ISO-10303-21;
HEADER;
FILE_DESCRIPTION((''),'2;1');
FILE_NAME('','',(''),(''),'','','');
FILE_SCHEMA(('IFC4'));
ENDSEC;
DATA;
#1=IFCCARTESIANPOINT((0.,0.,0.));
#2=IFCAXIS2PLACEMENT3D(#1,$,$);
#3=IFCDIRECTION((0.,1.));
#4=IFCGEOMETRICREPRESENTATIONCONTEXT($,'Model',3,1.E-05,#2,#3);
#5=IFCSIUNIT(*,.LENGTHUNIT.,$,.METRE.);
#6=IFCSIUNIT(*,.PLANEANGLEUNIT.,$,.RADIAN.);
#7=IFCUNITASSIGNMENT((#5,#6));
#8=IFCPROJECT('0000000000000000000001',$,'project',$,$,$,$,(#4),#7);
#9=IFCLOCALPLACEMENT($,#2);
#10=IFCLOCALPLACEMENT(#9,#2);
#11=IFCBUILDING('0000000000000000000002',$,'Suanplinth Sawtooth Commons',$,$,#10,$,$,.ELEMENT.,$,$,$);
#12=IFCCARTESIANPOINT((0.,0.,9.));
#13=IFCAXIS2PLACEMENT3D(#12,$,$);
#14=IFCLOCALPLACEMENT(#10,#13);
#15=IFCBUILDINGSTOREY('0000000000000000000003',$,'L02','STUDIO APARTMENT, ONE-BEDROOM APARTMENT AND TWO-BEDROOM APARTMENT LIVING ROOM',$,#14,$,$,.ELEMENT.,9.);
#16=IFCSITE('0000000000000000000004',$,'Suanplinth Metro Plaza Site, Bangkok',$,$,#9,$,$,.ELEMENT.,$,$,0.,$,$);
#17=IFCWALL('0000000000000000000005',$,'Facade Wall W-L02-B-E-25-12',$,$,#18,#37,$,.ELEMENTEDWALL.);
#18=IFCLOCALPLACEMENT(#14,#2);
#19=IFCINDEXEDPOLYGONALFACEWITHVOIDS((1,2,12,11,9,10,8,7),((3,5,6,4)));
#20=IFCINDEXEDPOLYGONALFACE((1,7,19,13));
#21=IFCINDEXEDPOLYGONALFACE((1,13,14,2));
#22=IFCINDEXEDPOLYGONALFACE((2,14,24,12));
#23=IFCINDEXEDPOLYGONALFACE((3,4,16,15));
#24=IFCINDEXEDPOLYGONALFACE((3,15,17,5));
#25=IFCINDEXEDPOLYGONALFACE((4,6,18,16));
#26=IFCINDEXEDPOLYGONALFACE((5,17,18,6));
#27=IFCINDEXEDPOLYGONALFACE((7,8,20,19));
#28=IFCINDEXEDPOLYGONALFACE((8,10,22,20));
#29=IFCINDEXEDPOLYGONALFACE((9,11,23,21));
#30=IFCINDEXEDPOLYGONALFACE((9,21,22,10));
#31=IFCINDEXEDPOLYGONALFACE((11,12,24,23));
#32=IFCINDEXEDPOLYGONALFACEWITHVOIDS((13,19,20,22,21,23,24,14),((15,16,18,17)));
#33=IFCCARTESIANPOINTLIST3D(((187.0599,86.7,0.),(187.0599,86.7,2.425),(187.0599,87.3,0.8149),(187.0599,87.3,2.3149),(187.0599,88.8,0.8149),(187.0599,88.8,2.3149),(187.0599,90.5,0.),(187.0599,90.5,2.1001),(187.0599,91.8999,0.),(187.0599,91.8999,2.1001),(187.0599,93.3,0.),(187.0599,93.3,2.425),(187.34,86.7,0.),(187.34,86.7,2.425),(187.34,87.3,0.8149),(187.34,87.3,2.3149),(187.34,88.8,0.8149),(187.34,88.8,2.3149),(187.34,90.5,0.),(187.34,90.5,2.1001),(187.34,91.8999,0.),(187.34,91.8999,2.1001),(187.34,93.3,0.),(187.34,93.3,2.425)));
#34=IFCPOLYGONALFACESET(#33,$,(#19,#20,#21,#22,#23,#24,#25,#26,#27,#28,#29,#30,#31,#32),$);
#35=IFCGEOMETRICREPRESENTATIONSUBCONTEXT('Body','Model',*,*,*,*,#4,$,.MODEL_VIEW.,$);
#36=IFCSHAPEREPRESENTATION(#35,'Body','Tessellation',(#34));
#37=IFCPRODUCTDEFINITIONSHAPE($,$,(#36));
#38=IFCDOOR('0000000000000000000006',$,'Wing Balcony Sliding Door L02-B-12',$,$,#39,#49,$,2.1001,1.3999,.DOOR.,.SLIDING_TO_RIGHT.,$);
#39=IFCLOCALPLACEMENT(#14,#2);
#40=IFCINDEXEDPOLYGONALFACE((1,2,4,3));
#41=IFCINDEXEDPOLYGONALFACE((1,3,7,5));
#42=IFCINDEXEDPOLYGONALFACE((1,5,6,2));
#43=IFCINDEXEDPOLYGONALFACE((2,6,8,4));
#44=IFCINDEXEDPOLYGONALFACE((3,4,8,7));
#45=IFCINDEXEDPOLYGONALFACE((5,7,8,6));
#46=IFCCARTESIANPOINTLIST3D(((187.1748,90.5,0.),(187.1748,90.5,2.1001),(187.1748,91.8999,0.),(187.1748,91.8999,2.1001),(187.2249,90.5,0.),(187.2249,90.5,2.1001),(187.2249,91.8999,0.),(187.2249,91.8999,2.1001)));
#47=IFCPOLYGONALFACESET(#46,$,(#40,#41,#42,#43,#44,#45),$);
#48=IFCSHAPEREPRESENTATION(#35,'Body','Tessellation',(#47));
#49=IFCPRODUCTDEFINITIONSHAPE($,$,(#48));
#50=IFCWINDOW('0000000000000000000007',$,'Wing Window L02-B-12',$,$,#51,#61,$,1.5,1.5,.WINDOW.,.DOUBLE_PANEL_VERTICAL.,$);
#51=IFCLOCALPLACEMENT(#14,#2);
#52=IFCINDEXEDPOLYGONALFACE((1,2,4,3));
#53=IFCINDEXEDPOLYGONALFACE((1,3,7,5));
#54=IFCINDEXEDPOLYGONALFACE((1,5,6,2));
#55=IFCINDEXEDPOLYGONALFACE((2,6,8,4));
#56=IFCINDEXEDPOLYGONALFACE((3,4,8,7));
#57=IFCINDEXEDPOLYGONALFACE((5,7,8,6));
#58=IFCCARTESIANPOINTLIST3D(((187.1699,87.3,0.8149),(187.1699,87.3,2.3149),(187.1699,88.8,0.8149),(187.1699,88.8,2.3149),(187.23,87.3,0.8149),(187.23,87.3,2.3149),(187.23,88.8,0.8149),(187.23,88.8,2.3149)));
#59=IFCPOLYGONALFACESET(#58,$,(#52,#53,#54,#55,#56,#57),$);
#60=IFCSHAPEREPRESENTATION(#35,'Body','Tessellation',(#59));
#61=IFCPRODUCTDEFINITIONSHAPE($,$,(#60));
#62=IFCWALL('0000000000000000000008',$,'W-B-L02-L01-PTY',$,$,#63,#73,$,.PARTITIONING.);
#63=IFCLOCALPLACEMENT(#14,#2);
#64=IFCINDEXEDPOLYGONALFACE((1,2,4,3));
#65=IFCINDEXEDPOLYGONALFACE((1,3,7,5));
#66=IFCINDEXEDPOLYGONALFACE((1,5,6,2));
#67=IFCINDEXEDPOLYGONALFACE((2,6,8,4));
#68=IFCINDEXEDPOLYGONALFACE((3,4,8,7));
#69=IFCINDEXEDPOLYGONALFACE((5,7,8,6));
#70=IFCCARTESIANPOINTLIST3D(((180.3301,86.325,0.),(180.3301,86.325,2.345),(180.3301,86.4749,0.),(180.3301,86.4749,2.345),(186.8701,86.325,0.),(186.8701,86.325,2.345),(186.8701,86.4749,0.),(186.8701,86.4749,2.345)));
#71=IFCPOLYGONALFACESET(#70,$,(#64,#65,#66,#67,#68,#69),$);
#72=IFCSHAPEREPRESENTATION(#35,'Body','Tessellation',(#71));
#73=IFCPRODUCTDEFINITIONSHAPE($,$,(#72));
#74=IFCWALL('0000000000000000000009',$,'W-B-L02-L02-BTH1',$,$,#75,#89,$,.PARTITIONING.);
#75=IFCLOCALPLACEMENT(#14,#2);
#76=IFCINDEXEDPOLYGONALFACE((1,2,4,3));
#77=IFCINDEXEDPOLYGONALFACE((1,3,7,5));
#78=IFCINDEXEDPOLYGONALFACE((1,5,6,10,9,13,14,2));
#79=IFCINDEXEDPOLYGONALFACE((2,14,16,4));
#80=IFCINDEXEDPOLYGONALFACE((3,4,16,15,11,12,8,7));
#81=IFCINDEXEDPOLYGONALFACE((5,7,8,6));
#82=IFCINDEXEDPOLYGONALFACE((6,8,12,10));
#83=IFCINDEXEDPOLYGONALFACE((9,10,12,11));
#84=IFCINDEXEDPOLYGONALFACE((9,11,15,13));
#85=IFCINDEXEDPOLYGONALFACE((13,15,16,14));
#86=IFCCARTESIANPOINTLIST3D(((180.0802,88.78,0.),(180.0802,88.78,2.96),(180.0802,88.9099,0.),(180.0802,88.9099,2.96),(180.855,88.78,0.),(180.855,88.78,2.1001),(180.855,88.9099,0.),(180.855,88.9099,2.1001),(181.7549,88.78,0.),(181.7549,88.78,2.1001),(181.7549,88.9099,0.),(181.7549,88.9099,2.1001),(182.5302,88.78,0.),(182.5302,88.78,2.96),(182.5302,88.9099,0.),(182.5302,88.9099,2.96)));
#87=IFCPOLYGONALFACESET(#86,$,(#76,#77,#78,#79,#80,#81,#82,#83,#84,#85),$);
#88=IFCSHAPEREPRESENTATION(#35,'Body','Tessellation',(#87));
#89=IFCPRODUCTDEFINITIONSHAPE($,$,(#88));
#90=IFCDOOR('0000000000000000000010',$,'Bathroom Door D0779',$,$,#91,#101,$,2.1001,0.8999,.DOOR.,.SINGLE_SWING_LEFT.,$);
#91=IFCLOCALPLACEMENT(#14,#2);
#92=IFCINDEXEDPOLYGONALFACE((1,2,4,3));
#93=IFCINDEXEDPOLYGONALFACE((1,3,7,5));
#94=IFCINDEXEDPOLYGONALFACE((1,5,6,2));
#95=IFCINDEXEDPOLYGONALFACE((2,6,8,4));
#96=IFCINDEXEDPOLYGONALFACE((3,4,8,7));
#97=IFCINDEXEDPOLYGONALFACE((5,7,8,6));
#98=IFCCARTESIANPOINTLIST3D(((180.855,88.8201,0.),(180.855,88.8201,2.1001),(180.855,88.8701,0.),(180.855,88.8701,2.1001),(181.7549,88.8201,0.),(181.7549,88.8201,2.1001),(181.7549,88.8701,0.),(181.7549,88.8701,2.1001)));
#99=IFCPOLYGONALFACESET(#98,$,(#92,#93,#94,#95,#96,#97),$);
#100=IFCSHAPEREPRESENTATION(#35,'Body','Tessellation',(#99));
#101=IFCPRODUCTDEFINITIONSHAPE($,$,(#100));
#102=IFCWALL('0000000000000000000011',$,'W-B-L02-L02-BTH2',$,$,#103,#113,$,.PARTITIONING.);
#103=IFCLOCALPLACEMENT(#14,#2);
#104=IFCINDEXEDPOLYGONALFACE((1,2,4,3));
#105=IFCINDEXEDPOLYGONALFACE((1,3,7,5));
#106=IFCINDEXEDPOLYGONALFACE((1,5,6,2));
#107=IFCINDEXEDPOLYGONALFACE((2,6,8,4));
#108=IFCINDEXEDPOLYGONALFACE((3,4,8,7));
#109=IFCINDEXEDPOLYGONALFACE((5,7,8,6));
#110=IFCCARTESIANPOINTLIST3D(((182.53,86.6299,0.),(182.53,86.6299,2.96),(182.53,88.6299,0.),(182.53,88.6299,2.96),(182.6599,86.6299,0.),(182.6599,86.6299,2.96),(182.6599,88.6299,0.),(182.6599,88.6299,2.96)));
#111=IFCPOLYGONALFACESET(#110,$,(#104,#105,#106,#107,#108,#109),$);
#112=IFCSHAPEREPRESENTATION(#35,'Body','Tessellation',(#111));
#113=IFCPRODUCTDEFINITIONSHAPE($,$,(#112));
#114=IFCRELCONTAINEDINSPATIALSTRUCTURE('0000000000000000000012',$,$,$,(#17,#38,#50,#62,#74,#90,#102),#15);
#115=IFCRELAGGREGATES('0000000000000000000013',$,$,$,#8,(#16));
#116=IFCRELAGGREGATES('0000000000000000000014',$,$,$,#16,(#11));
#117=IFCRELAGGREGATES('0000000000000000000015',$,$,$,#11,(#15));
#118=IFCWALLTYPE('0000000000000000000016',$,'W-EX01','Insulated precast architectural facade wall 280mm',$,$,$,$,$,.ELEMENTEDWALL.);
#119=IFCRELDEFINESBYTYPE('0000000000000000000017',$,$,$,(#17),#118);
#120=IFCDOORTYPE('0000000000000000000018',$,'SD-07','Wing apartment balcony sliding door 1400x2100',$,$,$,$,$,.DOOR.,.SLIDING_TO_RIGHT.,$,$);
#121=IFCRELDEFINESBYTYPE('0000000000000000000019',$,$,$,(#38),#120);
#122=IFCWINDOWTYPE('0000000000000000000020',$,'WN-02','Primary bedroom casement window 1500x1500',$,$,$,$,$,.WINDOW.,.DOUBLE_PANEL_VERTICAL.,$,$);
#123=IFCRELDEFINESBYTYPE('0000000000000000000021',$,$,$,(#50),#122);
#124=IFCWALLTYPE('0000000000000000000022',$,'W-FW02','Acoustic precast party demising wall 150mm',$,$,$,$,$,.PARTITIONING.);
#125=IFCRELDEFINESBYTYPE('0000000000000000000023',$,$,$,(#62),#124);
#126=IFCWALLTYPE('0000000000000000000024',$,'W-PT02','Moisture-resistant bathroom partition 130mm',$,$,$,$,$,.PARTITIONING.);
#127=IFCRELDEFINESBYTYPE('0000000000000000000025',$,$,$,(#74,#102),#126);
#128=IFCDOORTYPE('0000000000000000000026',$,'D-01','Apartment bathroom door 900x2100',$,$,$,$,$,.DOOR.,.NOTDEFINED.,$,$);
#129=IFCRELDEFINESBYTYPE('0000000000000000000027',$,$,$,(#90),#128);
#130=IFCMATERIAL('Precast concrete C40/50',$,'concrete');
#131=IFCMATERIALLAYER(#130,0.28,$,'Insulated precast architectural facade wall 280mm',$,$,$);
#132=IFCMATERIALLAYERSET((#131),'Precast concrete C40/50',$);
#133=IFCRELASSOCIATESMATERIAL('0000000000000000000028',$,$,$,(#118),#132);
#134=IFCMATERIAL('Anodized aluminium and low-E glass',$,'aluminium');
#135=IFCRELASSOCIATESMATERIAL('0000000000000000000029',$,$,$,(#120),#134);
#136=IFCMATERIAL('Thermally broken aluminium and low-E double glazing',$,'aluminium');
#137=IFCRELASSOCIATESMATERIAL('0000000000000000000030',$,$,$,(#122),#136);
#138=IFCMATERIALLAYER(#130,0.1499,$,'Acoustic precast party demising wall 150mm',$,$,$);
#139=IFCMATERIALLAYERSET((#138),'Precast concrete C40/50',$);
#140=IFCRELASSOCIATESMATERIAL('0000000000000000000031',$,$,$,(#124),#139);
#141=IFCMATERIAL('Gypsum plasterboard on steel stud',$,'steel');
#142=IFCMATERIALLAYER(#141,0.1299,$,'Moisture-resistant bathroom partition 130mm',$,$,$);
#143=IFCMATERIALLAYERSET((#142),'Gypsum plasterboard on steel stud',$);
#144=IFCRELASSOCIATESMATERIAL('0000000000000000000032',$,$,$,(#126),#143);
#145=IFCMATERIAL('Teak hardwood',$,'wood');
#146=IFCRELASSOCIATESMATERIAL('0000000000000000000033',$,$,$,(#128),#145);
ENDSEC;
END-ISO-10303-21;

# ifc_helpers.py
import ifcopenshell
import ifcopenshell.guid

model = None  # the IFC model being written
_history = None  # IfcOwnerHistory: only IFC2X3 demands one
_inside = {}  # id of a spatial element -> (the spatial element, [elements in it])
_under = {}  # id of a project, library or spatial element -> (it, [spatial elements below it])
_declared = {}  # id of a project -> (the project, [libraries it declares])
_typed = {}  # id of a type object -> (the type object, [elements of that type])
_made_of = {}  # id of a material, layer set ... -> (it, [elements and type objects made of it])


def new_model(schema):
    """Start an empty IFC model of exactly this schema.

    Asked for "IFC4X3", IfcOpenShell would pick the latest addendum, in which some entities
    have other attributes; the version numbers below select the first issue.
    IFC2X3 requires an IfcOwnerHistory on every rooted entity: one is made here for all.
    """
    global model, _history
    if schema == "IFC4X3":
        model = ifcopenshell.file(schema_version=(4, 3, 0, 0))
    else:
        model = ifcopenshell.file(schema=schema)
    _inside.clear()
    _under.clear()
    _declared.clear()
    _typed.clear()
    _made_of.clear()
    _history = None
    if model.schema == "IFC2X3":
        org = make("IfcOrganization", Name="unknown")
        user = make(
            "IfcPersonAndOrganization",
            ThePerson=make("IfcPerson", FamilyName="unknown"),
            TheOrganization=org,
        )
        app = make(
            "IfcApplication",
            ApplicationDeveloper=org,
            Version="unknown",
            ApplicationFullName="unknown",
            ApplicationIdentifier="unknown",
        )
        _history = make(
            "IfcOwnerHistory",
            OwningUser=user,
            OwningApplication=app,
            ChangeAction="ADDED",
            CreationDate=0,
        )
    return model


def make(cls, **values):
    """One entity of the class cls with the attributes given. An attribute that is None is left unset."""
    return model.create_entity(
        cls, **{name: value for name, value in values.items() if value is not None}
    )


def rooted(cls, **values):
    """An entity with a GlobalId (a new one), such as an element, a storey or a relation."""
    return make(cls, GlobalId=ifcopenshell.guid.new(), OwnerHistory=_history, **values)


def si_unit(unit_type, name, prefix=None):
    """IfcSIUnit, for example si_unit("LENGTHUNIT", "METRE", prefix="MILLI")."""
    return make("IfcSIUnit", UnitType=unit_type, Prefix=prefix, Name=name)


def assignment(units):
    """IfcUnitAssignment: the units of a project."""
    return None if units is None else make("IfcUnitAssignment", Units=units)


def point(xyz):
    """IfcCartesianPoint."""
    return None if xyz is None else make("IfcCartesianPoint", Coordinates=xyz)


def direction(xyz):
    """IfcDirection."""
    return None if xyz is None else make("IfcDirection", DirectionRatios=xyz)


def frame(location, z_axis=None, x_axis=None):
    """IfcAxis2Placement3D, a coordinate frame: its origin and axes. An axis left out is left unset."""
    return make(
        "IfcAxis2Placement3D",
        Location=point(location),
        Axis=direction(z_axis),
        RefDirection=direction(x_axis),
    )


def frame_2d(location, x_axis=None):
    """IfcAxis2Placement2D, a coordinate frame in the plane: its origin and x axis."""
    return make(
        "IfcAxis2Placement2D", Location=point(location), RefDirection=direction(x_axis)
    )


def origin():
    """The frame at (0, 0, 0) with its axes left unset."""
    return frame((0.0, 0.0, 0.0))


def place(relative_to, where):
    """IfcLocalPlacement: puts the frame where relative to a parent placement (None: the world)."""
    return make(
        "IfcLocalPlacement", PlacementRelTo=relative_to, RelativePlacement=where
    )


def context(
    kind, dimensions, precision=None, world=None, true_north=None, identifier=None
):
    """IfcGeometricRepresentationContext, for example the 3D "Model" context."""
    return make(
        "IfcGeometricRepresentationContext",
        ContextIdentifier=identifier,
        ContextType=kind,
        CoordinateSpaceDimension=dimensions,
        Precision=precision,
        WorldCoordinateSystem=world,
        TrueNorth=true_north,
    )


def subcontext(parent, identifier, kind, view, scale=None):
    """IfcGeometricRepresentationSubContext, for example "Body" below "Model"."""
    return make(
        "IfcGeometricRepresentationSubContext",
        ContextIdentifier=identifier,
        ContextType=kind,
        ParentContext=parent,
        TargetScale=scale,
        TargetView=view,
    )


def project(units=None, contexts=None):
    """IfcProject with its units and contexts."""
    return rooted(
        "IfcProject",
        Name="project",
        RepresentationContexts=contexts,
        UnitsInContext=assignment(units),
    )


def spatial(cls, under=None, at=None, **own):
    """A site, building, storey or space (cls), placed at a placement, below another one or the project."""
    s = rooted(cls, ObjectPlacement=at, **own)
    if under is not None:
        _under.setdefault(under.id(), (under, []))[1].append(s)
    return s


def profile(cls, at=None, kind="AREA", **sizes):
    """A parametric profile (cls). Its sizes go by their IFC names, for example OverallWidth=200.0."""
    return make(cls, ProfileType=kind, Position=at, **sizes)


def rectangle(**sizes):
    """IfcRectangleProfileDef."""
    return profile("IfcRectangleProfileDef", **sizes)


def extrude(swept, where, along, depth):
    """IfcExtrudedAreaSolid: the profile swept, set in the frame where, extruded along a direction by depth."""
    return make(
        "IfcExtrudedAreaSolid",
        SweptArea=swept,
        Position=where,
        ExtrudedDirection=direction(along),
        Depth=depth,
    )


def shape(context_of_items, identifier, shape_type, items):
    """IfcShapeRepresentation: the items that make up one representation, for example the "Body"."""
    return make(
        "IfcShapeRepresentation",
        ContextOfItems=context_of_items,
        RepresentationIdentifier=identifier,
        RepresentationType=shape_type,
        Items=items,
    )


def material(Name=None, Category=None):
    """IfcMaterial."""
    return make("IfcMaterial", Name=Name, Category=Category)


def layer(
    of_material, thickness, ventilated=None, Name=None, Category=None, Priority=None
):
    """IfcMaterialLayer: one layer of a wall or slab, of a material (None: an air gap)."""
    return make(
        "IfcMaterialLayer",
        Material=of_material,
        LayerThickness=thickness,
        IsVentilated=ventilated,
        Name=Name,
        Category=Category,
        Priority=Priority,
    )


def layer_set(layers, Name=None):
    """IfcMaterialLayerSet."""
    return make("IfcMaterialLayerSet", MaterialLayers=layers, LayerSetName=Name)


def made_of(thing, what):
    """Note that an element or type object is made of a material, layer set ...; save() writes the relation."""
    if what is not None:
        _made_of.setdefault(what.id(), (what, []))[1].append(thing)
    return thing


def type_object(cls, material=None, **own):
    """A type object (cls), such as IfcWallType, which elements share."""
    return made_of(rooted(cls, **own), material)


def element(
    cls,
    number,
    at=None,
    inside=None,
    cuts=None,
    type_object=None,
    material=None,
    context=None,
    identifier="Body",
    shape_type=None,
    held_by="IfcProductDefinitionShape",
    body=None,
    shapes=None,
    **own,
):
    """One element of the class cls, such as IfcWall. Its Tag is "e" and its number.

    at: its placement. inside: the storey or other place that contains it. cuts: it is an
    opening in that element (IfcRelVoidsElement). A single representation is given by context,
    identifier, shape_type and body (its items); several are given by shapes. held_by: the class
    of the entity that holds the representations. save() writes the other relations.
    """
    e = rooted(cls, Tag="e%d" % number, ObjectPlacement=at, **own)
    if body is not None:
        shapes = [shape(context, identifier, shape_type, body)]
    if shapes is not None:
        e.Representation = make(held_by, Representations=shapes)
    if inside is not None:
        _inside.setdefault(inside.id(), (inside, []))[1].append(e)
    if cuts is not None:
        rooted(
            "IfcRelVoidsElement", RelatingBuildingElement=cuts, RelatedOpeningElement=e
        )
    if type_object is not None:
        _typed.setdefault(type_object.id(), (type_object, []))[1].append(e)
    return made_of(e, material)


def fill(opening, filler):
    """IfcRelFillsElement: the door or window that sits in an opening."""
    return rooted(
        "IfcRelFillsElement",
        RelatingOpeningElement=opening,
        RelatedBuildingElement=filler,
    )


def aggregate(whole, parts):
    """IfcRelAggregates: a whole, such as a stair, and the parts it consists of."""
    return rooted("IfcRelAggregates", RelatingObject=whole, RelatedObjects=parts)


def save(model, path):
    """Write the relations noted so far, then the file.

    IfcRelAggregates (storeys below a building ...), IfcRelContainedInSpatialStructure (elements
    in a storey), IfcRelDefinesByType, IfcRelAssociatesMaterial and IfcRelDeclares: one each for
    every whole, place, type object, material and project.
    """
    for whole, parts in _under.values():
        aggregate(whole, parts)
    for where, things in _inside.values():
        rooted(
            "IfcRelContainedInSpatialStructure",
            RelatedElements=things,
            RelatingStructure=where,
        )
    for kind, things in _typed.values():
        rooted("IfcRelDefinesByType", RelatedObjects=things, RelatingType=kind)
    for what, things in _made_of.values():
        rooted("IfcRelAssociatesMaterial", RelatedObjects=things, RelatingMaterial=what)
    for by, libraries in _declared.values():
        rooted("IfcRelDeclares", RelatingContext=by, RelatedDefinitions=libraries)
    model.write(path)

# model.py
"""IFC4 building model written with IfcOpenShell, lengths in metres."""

from ifc_helpers import new_model, si_unit, direction, frame, frame_2d, origin, place, context, subcontext, project, spatial, rectangle, extrude, material, layer, layer_set, type_object, element, fill, save


model = new_model("IFC4")

# Units and contexts
model_context = context("Model", 3, precision=1e-05, world=origin(), true_north=direction((0.0, 1.0)))
body_context = subcontext(model_context, "Body", "Model", "MODEL_VIEW")
ifc_project = project(units=[si_unit("LENGTHUNIT", "METRE"), si_unit("PLANEANGLEUNIT", "RADIAN")], contexts=[model_context])

# Site, building, storey
site_placement = place(None, origin())
site = spatial("IfcSite", under=ifc_project, at=site_placement, Name="Suanplinth Metro Plaza Site, Bangkok", CompositionType="ELEMENT", RefElevation=0.0)
building_placement = place(site_placement, origin())
building = spatial("IfcBuilding", under=site, at=building_placement, Name="Suanplinth Sawtooth Commons", CompositionType="ELEMENT")
storey_placement = place(building_placement, frame((0.0, 0.0, 9.0)))
storey = spatial("IfcBuildingStorey", under=building, at=storey_placement, Name="L02", Description="STUDIO APARTMENT, ONE-BEDROOM APARTMENT AND TWO-BEDROOM APARTMENT LIVING ROOM", CompositionType="ELEMENT", Elevation=9.0)

# Shared definitions
ifc_material_1 = material(Name="Precast concrete C40/50", Category="concrete")

# Wall, openings, door, window
ifc_layer_1 = layer(ifc_material_1, 0.28, Name="Insulated precast architectural facade wall 280mm")
ifc_layer_set_1 = layer_set([ifc_layer_1], Name="Precast concrete C40/50")
wall_type_1 = type_object("IfcWallType", Name="W-EX01", Description="Insulated precast architectural facade wall 280mm", PredefinedType="ELEMENTEDWALL", material=ifc_layer_set_1)
wall_1_placement = place(storey_placement, frame((187.2, 86.7, 0.0), z_axis=(0.0, 0.0, 1.0), x_axis=(0.0, 1.0, 0.0)))
wall_1 = element("IfcWall", 1, at=wall_1_placement, inside=storey, type_object=wall_type_1, Name="Facade Wall W-L02-B-E-25-12", PredefinedType="ELEMENTEDWALL", context=body_context, shape_type="SweptSolid", body=[
    extrude(rectangle(XDim=6.6001, YDim=0.28, at=frame_2d((3.3, 0.0))), origin(), (0.0, 0.0, 1.0), 2.425),
])
opening_1_placement = place(wall_1_placement, frame((3.8, 0.0, 0.0)))
opening_1 = element("IfcOpeningElement", 2, at=opening_1_placement, cuts=wall_1, PredefinedType="OPENING", context=body_context, shape_type="SweptSolid", body=[
    extrude(rectangle(XDim=1.3999, YDim=2.1001, at=frame_2d((0.7, 1.05))), frame((0.0, 0.1548, 0.0), z_axis=(0.0, -1.0, 0.0), x_axis=(1.0, 0.0, 0.0)), (0.0, 0.0, 1.0), 0.3098),
])
opening_2_placement = place(wall_1_placement, frame((0.6001, 0.0, 0.8149)))
opening_2 = element("IfcOpeningElement", 3, at=opening_2_placement, cuts=wall_1, PredefinedType="OPENING", context=body_context, shape_type="SweptSolid", body=[
    extrude(rectangle(XDim=1.5, YDim=1.5, at=frame_2d((0.75, 0.75))), frame((0.0, 0.1548, 0.0), z_axis=(0.0, -1.0, 0.0), x_axis=(1.0, 0.0, 0.0)), (0.0, 0.0, 1.0), 0.3098),
])
ifc_material_2 = material(Name="Anodized aluminium and low-E glass", Category="aluminium")
door_type_1 = type_object("IfcDoorType", Name="SD-07", Description="Wing apartment balcony sliding door 1400x2100", OperationType="SLIDING_TO_RIGHT", PredefinedType="DOOR", material=ifc_material_2)
door_1_placement = place(opening_1_placement, frame((1.3999, 0.0, 0.0), z_axis=(0.0, 0.0, 1.0), x_axis=(-1.0, 0.0, 0.0)))
door_1 = element("IfcDoor", 4, at=door_1_placement, inside=storey, type_object=door_type_1, Name="Wing Balcony Sliding Door L02-B-12", OperationType="SLIDING_TO_RIGHT", OverallHeight=2.1001, OverallWidth=1.3999, PredefinedType="DOOR", context=body_context, shape_type="SweptSolid", body=[
    extrude(rectangle(XDim=1.3999, YDim=2.1001, at=frame_2d((0.7, 1.05))), frame((0.0, 0.0249, 0.0), z_axis=(0.0, -1.0, 0.0), x_axis=(1.0, 0.0, 0.0)), (0.0, 0.0, 1.0), 0.05),
])
fill(opening_1, door_1)
ifc_material_3 = material(Name="Thermally broken aluminium and low-E double glazing", Category="aluminium")
window_type = type_object("IfcWindowType", Name="WN-02", Description="Primary bedroom casement window 1500x1500", PartitioningType="DOUBLE_PANEL_VERTICAL", PredefinedType="WINDOW", material=ifc_material_3)
window_placement = place(opening_2_placement, origin())
window = element("IfcWindow", 5, at=window_placement, inside=storey, type_object=window_type, Name="Wing Window L02-B-12", OverallHeight=1.5, OverallWidth=1.5, PartitioningType="DOUBLE_PANEL_VERTICAL", PredefinedType="WINDOW", context=body_context, shape_type="SweptSolid", body=[
    extrude(rectangle(XDim=1.5, YDim=1.5, at=frame_2d((0.75, 0.75))), frame((0.0, 0.03, 0.0), z_axis=(0.0, -1.0, 0.0), x_axis=(1.0, 0.0, 0.0)), (0.0, 0.0, 1.0), 0.0601),
])
fill(opening_2, window)

# Wall
ifc_layer_2 = layer(ifc_material_1, 0.1499, Name="Acoustic precast party demising wall 150mm")
ifc_layer_set_2 = layer_set([ifc_layer_2], Name="Precast concrete C40/50")
wall_type_2 = type_object("IfcWallType", Name="W-FW02", Description="Acoustic precast party demising wall 150mm", PredefinedType="PARTITIONING", material=ifc_layer_set_2)
wall_2_placement = place(storey_placement, frame((180.3301, 86.3999, 0.0), z_axis=(0.0, 0.0, 1.0), x_axis=(1.0, 0.0, 0.0)))
element("IfcWall", 6, at=wall_2_placement, inside=storey, type_object=wall_type_2, Name="W-B-L02-L01-PTY", PredefinedType="PARTITIONING", context=body_context, shape_type="SweptSolid", body=[
    extrude(rectangle(XDim=6.54, YDim=0.1499, at=frame_2d((3.27, 0.0))), origin(), (0.0, 0.0, 1.0), 2.345),
])

# Wall, opening, door
ifc_material_4 = material(Name="Gypsum plasterboard on steel stud", Category="steel")
ifc_layer_3 = layer(ifc_material_4, 0.1299, Name="Moisture-resistant bathroom partition 130mm")
ifc_layer_set_3 = layer_set([ifc_layer_3], Name="Gypsum plasterboard on steel stud")
wall_type_3 = type_object("IfcWallType", Name="W-PT02", Description="Moisture-resistant bathroom partition 130mm", PredefinedType="PARTITIONING", material=ifc_layer_set_3)
wall_3_placement = place(storey_placement, frame((180.0801, 88.845, 0.0), z_axis=(0.0, 0.0, 1.0), x_axis=(1.0, 0.0, 0.0)))
wall_3 = element("IfcWall", 7, at=wall_3_placement, inside=storey, type_object=wall_type_3, Name="W-B-L02-L02-BTH1", PredefinedType="PARTITIONING", context=body_context, shape_type="SweptSolid", body=[
    extrude(rectangle(XDim=2.45, YDim=0.1299, at=frame_2d((1.2251, 0.0))), origin(), (0.0, 0.0, 1.0), 2.96),
])
opening_3_placement = place(wall_3_placement, frame((0.7749, 0.0, 0.0)))
opening_3 = element("IfcOpeningElement", 8, at=opening_3_placement, cuts=wall_3, PredefinedType="OPENING", context=body_context, shape_type="SweptSolid", body=[
    extrude(rectangle(XDim=0.8999, YDim=2.1001, at=frame_2d((0.45, 1.05))), frame((0.0, 0.0798, 0.0), z_axis=(0.0, -1.0, 0.0), x_axis=(1.0, 0.0, 0.0)), (0.0, 0.0, 1.0), 0.1597),
])
ifc_material_5 = material(Name="Teak hardwood", Category="wood")
door_type_2 = type_object("IfcDoorType", Name="D-01", Description="Apartment bathroom door 900x2100", OperationType="NOTDEFINED", PredefinedType="DOOR", material=ifc_material_5)
door_2_placement = place(opening_3_placement, frame((0.8999, 0.0, 0.0), z_axis=(0.0, 0.0, 1.0), x_axis=(-1.0, 0.0, 0.0)))
door_2 = element("IfcDoor", 9, at=door_2_placement, inside=storey, type_object=door_type_2, Name="Bathroom Door D0779", OperationType="SINGLE_SWING_LEFT", OverallHeight=2.1001, OverallWidth=0.8999, PredefinedType="DOOR", context=body_context, shape_type="SweptSolid", body=[
    extrude(rectangle(XDim=0.8999, YDim=2.1001, at=frame_2d((0.45, 1.05))), frame((0.0, 0.0249, 0.0), z_axis=(0.0, -1.0, 0.0), x_axis=(1.0, 0.0, 0.0)), (0.0, 0.0, 1.0), 0.05),
])
fill(opening_3, door_2)

# Wall
wall_4_placement = place(storey_placement, frame((182.595, 86.6299, 0.0), z_axis=(0.0, 0.0, 1.0), x_axis=(0.0, 1.0, 0.0)))
element("IfcWall", 10, at=wall_4_placement, inside=storey, type_object=wall_type_3, Name="W-B-L02-L02-BTH2", PredefinedType="PARTITIONING", context=body_context, shape_type="SweptSolid", body=[
    extrude(rectangle(XDim=2.0, YDim=0.1299, at=frame_2d((1.0, 0.0))), origin(), (0.0, 0.0, 1.0), 2.96),
])

save(model, "model.ifc")
